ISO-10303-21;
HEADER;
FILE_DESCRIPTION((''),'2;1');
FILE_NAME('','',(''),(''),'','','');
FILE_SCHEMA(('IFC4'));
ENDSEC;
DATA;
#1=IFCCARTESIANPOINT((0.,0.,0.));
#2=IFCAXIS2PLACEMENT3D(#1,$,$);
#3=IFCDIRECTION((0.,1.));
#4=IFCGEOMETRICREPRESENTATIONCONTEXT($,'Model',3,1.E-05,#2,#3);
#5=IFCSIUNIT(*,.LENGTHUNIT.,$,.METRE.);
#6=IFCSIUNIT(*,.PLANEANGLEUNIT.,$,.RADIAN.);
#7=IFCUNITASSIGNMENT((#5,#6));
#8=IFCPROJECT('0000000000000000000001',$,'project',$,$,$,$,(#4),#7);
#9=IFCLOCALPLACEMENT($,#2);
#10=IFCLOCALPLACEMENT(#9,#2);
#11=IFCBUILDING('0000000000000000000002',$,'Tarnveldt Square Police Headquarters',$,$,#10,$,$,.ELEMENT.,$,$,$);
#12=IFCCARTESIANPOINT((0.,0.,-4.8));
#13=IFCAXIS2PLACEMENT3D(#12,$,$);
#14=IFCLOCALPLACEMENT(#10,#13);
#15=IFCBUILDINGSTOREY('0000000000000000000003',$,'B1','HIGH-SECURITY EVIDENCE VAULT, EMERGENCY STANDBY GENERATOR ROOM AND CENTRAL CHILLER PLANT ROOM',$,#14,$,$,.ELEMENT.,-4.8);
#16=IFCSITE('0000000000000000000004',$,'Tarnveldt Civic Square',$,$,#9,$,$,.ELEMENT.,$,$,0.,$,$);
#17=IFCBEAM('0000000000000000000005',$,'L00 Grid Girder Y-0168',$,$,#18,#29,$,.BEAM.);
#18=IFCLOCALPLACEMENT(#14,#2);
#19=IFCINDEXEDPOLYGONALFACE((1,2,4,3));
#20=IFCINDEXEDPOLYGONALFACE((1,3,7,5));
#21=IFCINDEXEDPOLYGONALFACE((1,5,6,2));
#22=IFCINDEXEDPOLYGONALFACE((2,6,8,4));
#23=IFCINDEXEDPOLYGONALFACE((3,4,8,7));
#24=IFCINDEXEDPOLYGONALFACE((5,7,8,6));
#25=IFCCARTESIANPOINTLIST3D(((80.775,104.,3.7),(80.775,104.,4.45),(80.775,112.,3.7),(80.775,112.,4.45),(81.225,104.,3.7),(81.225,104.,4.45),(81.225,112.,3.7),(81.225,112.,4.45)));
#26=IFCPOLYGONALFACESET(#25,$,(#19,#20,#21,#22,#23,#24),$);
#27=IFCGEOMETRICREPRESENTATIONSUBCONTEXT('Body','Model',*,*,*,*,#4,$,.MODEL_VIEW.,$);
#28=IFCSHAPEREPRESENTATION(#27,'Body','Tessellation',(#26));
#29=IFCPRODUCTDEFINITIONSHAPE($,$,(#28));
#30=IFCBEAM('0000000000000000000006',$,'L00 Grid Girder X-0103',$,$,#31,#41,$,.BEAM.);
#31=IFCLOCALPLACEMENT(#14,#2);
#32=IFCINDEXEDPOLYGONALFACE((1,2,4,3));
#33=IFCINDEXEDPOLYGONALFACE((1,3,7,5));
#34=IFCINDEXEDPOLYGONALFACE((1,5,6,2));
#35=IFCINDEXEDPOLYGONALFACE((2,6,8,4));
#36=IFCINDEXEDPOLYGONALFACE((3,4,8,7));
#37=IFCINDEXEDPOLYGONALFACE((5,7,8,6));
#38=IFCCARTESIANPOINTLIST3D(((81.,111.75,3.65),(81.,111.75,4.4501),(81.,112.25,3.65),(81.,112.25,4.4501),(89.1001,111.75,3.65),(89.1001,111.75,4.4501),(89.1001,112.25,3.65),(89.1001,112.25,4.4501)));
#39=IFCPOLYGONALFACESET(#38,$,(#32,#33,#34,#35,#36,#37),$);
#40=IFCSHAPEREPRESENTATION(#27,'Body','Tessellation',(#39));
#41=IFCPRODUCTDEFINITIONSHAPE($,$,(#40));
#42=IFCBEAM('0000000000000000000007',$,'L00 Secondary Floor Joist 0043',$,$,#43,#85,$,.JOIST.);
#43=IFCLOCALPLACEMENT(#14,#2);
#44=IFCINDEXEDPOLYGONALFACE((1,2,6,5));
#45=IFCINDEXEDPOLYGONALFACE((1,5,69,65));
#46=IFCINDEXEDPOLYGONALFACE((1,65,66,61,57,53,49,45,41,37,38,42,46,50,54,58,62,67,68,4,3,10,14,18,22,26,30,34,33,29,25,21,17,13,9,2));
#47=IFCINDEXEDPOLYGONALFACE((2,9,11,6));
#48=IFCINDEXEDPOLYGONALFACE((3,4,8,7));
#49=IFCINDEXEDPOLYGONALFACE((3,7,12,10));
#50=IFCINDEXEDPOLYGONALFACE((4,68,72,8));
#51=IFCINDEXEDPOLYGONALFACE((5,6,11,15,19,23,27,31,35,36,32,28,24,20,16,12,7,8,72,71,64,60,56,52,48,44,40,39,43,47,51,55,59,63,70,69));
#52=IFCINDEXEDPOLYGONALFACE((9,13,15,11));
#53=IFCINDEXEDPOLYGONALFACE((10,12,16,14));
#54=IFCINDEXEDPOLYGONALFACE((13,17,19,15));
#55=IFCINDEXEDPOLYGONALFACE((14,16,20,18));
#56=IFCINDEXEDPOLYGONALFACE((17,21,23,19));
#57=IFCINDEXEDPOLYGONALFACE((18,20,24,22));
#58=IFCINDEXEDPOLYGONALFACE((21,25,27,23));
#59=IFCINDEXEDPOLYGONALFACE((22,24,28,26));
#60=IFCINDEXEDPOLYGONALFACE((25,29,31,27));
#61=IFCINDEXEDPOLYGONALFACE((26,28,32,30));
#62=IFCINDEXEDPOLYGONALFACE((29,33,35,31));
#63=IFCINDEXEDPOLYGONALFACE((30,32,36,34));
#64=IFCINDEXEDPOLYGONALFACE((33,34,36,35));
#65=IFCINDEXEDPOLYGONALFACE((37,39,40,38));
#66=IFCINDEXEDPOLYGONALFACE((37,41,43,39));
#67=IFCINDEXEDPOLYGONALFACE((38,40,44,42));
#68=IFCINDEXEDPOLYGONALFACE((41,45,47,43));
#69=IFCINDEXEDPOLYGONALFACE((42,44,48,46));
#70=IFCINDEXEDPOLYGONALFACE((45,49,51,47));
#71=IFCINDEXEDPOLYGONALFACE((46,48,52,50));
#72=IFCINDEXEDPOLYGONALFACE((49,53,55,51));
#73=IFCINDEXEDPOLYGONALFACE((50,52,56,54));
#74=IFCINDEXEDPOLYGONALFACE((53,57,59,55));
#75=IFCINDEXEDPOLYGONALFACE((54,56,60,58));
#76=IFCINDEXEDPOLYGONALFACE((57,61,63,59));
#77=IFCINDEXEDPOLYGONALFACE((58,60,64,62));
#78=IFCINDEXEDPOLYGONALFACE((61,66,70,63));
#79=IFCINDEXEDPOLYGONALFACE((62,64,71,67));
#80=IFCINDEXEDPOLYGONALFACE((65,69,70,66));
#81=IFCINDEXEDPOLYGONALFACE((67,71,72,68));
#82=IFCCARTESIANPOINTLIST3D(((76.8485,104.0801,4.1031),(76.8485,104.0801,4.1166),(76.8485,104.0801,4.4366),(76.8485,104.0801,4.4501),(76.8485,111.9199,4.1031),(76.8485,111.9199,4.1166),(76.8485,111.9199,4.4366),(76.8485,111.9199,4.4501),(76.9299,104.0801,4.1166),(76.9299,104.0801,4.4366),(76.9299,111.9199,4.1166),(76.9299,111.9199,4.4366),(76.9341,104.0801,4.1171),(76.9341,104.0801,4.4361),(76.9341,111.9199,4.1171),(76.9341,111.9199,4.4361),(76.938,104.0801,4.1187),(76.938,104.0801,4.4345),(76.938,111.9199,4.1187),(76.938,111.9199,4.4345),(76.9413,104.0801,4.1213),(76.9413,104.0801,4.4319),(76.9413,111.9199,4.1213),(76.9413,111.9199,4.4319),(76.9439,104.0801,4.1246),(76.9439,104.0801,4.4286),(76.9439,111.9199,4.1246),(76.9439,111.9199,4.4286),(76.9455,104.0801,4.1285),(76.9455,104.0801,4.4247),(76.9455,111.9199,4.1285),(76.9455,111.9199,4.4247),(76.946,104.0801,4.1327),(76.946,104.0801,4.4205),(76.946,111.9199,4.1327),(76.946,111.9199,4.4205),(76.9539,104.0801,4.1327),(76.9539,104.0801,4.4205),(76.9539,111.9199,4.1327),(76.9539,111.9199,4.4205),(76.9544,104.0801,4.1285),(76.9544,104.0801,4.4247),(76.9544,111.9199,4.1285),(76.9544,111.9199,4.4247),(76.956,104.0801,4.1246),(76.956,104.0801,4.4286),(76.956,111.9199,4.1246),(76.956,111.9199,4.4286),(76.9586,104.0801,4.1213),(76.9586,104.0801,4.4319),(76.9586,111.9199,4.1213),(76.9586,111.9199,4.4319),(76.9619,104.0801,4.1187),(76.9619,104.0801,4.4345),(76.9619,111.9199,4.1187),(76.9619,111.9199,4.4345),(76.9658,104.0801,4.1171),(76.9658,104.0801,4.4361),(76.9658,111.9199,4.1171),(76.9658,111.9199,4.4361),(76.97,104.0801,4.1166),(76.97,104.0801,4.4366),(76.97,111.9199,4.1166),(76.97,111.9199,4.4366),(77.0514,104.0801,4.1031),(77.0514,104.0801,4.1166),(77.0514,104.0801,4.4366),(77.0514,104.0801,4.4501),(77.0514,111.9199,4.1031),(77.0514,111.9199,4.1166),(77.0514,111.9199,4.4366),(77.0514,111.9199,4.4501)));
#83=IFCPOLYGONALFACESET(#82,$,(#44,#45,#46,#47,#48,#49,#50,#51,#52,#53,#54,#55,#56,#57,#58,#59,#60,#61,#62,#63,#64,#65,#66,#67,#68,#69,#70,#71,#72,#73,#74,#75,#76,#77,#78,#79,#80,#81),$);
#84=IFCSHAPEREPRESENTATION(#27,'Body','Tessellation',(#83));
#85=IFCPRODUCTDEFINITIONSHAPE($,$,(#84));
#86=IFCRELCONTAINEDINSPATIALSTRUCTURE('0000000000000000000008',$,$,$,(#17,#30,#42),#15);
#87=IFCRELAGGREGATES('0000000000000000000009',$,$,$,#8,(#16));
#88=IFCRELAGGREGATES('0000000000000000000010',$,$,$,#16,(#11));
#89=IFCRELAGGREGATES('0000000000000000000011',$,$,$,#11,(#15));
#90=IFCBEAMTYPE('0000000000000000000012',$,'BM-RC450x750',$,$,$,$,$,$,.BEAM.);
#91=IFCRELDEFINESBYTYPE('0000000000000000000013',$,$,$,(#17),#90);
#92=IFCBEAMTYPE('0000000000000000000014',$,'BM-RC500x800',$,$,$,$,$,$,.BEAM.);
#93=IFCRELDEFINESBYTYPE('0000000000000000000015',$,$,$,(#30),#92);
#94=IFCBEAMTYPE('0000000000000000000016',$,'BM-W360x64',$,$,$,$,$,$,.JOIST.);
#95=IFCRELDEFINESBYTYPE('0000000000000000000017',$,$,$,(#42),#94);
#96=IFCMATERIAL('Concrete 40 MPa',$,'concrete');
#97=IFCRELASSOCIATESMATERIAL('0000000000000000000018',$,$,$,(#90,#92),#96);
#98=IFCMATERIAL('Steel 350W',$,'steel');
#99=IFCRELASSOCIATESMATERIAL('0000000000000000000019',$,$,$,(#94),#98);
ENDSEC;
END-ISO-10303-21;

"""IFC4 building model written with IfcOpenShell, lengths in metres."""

from ifc_helpers import new_model, si_unit, direction, frame, origin, origin_2d, place, context, subcontext, project, spatial, rectangle, i_section, extrude, material, material_profile, profile_set, type_object, element, save


model = new_model("IFC4")

# Units and contexts
model_context = context("Model", 3, precision=1e-05, world=origin(), true_north=direction((0.0, 1.0)))
body_context = subcontext(model_context, "Body", "Model", "MODEL_VIEW")
ifc_project = project(units=[si_unit("LENGTHUNIT", "METRE"), si_unit("PLANEANGLEUNIT", "RADIAN")], contexts=[model_context])

# Site, building, storey
site_placement = place(None, origin())
site = spatial("IfcSite", under=ifc_project, at=site_placement, Name="Tarnveldt Civic Square", CompositionType="ELEMENT", RefElevation=0.0)
building_placement = place(site_placement, origin())
building = spatial("IfcBuilding", under=site, at=building_placement, Name="Tarnveldt Square Police Headquarters", CompositionType="ELEMENT")
storey_placement = place(building_placement, frame((0.0, 0.0, -4.8)))
storey = spatial("IfcBuildingStorey", under=building, at=storey_placement, Name="B1", Description="HIGH-SECURITY EVIDENCE VAULT, EMERGENCY STANDBY GENERATOR ROOM AND CENTRAL CHILLER PLANT ROOM", CompositionType="ELEMENT", Elevation=-4.8)

# Beams
ifc_material_1 = material(Name="Concrete 40 MPa", Category="concrete")
ifc_material_profile_1 = material_profile(ifc_material_1, rectangle(XDim=0.45, YDim=0.75, at=origin_2d()), Name="RC-B450x750")
ifc_profile_set_1 = profile_set([ifc_material_profile_1], Name="Concrete 40 MPa")
beam_type_1 = type_object("IfcBeamType", Name="BM-RC450x750", PredefinedType="BEAM", material=ifc_profile_set_1)
for number, where, z_axis, x_axis, name in (
    (1, (81.0, 104.0, 4.075), (0.0, 1.0, 0.0), (-1.0, 0.0, 0.0), "L00 Grid Girder Y-0168"),
):
    element("IfcBeam", number, at=place(storey_placement, frame(where, z_axis=z_axis, x_axis=x_axis)), inside=storey, type_object=beam_type_1, Name=name, PredefinedType="BEAM", context=body_context, shape_type="SweptSolid", body=[
        extrude(rectangle(XDim=0.45, YDim=0.75, at=origin_2d()), origin(), (0.0, 0.0, 1.0), 8.0),
    ])
ifc_material_profile_2 = material_profile(ifc_material_1, rectangle(XDim=0.5, YDim=0.8, at=origin_2d()), Name="RC-B500x800")
ifc_profile_set_2 = profile_set([ifc_material_profile_2], Name="Concrete 40 MPa")
beam_type_2 = type_object("IfcBeamType", Name="BM-RC500x800", PredefinedType="BEAM", material=ifc_profile_set_2)
beam_1_placement = place(storey_placement, frame((81.0, 112.0, 4.05), z_axis=(1.0, 0.0, 0.0), x_axis=(0.0, 1.0, 0.0)))
element("IfcBeam", 2, at=beam_1_placement, inside=storey, type_object=beam_type_2, Name="L00 Grid Girder X-0103", PredefinedType="BEAM", context=body_context, shape_type="SweptSolid", body=[
    extrude(rectangle(XDim=0.5, YDim=0.8, at=origin_2d()), origin(), (0.0, 0.0, 1.0), 8.1001),
])
ifc_material_2 = material(Name="Steel 350W", Category="steel")
ifc_material_profile_3 = material_profile(ifc_material_2, i_section(OverallWidth=0.2029, OverallDepth=0.3469, WebThickness=0.0078, FlangeThickness=0.0134, FilletRadius=0.0161, at=origin_2d()), Name="W360x64")
ifc_profile_set_3 = profile_set([ifc_material_profile_3], Name="Steel 350W")
beam_type_3 = type_object("IfcBeamType", Name="BM-W360x64", PredefinedType="JOIST", material=ifc_profile_set_3)
beam_2_placement = place(storey_placement, frame((76.95, 104.0801, 4.2766), z_axis=(0.0, 1.0, 0.0), x_axis=(-1.0, 0.0, 0.0)))
element("IfcBeam", 3, at=beam_2_placement, inside=storey, type_object=beam_type_3, Name="L00 Secondary Floor Joist 0043", PredefinedType="JOIST", context=body_context, shape_type="SweptSolid", body=[
    extrude(i_section(OverallWidth=0.2029, OverallDepth=0.3469, WebThickness=0.0078, FlangeThickness=0.0134, FilletRadius=0.0161, at=origin_2d()), origin(), (0.0, 0.0, 1.0), 7.8398),
])

save(model, "model.ifc")
